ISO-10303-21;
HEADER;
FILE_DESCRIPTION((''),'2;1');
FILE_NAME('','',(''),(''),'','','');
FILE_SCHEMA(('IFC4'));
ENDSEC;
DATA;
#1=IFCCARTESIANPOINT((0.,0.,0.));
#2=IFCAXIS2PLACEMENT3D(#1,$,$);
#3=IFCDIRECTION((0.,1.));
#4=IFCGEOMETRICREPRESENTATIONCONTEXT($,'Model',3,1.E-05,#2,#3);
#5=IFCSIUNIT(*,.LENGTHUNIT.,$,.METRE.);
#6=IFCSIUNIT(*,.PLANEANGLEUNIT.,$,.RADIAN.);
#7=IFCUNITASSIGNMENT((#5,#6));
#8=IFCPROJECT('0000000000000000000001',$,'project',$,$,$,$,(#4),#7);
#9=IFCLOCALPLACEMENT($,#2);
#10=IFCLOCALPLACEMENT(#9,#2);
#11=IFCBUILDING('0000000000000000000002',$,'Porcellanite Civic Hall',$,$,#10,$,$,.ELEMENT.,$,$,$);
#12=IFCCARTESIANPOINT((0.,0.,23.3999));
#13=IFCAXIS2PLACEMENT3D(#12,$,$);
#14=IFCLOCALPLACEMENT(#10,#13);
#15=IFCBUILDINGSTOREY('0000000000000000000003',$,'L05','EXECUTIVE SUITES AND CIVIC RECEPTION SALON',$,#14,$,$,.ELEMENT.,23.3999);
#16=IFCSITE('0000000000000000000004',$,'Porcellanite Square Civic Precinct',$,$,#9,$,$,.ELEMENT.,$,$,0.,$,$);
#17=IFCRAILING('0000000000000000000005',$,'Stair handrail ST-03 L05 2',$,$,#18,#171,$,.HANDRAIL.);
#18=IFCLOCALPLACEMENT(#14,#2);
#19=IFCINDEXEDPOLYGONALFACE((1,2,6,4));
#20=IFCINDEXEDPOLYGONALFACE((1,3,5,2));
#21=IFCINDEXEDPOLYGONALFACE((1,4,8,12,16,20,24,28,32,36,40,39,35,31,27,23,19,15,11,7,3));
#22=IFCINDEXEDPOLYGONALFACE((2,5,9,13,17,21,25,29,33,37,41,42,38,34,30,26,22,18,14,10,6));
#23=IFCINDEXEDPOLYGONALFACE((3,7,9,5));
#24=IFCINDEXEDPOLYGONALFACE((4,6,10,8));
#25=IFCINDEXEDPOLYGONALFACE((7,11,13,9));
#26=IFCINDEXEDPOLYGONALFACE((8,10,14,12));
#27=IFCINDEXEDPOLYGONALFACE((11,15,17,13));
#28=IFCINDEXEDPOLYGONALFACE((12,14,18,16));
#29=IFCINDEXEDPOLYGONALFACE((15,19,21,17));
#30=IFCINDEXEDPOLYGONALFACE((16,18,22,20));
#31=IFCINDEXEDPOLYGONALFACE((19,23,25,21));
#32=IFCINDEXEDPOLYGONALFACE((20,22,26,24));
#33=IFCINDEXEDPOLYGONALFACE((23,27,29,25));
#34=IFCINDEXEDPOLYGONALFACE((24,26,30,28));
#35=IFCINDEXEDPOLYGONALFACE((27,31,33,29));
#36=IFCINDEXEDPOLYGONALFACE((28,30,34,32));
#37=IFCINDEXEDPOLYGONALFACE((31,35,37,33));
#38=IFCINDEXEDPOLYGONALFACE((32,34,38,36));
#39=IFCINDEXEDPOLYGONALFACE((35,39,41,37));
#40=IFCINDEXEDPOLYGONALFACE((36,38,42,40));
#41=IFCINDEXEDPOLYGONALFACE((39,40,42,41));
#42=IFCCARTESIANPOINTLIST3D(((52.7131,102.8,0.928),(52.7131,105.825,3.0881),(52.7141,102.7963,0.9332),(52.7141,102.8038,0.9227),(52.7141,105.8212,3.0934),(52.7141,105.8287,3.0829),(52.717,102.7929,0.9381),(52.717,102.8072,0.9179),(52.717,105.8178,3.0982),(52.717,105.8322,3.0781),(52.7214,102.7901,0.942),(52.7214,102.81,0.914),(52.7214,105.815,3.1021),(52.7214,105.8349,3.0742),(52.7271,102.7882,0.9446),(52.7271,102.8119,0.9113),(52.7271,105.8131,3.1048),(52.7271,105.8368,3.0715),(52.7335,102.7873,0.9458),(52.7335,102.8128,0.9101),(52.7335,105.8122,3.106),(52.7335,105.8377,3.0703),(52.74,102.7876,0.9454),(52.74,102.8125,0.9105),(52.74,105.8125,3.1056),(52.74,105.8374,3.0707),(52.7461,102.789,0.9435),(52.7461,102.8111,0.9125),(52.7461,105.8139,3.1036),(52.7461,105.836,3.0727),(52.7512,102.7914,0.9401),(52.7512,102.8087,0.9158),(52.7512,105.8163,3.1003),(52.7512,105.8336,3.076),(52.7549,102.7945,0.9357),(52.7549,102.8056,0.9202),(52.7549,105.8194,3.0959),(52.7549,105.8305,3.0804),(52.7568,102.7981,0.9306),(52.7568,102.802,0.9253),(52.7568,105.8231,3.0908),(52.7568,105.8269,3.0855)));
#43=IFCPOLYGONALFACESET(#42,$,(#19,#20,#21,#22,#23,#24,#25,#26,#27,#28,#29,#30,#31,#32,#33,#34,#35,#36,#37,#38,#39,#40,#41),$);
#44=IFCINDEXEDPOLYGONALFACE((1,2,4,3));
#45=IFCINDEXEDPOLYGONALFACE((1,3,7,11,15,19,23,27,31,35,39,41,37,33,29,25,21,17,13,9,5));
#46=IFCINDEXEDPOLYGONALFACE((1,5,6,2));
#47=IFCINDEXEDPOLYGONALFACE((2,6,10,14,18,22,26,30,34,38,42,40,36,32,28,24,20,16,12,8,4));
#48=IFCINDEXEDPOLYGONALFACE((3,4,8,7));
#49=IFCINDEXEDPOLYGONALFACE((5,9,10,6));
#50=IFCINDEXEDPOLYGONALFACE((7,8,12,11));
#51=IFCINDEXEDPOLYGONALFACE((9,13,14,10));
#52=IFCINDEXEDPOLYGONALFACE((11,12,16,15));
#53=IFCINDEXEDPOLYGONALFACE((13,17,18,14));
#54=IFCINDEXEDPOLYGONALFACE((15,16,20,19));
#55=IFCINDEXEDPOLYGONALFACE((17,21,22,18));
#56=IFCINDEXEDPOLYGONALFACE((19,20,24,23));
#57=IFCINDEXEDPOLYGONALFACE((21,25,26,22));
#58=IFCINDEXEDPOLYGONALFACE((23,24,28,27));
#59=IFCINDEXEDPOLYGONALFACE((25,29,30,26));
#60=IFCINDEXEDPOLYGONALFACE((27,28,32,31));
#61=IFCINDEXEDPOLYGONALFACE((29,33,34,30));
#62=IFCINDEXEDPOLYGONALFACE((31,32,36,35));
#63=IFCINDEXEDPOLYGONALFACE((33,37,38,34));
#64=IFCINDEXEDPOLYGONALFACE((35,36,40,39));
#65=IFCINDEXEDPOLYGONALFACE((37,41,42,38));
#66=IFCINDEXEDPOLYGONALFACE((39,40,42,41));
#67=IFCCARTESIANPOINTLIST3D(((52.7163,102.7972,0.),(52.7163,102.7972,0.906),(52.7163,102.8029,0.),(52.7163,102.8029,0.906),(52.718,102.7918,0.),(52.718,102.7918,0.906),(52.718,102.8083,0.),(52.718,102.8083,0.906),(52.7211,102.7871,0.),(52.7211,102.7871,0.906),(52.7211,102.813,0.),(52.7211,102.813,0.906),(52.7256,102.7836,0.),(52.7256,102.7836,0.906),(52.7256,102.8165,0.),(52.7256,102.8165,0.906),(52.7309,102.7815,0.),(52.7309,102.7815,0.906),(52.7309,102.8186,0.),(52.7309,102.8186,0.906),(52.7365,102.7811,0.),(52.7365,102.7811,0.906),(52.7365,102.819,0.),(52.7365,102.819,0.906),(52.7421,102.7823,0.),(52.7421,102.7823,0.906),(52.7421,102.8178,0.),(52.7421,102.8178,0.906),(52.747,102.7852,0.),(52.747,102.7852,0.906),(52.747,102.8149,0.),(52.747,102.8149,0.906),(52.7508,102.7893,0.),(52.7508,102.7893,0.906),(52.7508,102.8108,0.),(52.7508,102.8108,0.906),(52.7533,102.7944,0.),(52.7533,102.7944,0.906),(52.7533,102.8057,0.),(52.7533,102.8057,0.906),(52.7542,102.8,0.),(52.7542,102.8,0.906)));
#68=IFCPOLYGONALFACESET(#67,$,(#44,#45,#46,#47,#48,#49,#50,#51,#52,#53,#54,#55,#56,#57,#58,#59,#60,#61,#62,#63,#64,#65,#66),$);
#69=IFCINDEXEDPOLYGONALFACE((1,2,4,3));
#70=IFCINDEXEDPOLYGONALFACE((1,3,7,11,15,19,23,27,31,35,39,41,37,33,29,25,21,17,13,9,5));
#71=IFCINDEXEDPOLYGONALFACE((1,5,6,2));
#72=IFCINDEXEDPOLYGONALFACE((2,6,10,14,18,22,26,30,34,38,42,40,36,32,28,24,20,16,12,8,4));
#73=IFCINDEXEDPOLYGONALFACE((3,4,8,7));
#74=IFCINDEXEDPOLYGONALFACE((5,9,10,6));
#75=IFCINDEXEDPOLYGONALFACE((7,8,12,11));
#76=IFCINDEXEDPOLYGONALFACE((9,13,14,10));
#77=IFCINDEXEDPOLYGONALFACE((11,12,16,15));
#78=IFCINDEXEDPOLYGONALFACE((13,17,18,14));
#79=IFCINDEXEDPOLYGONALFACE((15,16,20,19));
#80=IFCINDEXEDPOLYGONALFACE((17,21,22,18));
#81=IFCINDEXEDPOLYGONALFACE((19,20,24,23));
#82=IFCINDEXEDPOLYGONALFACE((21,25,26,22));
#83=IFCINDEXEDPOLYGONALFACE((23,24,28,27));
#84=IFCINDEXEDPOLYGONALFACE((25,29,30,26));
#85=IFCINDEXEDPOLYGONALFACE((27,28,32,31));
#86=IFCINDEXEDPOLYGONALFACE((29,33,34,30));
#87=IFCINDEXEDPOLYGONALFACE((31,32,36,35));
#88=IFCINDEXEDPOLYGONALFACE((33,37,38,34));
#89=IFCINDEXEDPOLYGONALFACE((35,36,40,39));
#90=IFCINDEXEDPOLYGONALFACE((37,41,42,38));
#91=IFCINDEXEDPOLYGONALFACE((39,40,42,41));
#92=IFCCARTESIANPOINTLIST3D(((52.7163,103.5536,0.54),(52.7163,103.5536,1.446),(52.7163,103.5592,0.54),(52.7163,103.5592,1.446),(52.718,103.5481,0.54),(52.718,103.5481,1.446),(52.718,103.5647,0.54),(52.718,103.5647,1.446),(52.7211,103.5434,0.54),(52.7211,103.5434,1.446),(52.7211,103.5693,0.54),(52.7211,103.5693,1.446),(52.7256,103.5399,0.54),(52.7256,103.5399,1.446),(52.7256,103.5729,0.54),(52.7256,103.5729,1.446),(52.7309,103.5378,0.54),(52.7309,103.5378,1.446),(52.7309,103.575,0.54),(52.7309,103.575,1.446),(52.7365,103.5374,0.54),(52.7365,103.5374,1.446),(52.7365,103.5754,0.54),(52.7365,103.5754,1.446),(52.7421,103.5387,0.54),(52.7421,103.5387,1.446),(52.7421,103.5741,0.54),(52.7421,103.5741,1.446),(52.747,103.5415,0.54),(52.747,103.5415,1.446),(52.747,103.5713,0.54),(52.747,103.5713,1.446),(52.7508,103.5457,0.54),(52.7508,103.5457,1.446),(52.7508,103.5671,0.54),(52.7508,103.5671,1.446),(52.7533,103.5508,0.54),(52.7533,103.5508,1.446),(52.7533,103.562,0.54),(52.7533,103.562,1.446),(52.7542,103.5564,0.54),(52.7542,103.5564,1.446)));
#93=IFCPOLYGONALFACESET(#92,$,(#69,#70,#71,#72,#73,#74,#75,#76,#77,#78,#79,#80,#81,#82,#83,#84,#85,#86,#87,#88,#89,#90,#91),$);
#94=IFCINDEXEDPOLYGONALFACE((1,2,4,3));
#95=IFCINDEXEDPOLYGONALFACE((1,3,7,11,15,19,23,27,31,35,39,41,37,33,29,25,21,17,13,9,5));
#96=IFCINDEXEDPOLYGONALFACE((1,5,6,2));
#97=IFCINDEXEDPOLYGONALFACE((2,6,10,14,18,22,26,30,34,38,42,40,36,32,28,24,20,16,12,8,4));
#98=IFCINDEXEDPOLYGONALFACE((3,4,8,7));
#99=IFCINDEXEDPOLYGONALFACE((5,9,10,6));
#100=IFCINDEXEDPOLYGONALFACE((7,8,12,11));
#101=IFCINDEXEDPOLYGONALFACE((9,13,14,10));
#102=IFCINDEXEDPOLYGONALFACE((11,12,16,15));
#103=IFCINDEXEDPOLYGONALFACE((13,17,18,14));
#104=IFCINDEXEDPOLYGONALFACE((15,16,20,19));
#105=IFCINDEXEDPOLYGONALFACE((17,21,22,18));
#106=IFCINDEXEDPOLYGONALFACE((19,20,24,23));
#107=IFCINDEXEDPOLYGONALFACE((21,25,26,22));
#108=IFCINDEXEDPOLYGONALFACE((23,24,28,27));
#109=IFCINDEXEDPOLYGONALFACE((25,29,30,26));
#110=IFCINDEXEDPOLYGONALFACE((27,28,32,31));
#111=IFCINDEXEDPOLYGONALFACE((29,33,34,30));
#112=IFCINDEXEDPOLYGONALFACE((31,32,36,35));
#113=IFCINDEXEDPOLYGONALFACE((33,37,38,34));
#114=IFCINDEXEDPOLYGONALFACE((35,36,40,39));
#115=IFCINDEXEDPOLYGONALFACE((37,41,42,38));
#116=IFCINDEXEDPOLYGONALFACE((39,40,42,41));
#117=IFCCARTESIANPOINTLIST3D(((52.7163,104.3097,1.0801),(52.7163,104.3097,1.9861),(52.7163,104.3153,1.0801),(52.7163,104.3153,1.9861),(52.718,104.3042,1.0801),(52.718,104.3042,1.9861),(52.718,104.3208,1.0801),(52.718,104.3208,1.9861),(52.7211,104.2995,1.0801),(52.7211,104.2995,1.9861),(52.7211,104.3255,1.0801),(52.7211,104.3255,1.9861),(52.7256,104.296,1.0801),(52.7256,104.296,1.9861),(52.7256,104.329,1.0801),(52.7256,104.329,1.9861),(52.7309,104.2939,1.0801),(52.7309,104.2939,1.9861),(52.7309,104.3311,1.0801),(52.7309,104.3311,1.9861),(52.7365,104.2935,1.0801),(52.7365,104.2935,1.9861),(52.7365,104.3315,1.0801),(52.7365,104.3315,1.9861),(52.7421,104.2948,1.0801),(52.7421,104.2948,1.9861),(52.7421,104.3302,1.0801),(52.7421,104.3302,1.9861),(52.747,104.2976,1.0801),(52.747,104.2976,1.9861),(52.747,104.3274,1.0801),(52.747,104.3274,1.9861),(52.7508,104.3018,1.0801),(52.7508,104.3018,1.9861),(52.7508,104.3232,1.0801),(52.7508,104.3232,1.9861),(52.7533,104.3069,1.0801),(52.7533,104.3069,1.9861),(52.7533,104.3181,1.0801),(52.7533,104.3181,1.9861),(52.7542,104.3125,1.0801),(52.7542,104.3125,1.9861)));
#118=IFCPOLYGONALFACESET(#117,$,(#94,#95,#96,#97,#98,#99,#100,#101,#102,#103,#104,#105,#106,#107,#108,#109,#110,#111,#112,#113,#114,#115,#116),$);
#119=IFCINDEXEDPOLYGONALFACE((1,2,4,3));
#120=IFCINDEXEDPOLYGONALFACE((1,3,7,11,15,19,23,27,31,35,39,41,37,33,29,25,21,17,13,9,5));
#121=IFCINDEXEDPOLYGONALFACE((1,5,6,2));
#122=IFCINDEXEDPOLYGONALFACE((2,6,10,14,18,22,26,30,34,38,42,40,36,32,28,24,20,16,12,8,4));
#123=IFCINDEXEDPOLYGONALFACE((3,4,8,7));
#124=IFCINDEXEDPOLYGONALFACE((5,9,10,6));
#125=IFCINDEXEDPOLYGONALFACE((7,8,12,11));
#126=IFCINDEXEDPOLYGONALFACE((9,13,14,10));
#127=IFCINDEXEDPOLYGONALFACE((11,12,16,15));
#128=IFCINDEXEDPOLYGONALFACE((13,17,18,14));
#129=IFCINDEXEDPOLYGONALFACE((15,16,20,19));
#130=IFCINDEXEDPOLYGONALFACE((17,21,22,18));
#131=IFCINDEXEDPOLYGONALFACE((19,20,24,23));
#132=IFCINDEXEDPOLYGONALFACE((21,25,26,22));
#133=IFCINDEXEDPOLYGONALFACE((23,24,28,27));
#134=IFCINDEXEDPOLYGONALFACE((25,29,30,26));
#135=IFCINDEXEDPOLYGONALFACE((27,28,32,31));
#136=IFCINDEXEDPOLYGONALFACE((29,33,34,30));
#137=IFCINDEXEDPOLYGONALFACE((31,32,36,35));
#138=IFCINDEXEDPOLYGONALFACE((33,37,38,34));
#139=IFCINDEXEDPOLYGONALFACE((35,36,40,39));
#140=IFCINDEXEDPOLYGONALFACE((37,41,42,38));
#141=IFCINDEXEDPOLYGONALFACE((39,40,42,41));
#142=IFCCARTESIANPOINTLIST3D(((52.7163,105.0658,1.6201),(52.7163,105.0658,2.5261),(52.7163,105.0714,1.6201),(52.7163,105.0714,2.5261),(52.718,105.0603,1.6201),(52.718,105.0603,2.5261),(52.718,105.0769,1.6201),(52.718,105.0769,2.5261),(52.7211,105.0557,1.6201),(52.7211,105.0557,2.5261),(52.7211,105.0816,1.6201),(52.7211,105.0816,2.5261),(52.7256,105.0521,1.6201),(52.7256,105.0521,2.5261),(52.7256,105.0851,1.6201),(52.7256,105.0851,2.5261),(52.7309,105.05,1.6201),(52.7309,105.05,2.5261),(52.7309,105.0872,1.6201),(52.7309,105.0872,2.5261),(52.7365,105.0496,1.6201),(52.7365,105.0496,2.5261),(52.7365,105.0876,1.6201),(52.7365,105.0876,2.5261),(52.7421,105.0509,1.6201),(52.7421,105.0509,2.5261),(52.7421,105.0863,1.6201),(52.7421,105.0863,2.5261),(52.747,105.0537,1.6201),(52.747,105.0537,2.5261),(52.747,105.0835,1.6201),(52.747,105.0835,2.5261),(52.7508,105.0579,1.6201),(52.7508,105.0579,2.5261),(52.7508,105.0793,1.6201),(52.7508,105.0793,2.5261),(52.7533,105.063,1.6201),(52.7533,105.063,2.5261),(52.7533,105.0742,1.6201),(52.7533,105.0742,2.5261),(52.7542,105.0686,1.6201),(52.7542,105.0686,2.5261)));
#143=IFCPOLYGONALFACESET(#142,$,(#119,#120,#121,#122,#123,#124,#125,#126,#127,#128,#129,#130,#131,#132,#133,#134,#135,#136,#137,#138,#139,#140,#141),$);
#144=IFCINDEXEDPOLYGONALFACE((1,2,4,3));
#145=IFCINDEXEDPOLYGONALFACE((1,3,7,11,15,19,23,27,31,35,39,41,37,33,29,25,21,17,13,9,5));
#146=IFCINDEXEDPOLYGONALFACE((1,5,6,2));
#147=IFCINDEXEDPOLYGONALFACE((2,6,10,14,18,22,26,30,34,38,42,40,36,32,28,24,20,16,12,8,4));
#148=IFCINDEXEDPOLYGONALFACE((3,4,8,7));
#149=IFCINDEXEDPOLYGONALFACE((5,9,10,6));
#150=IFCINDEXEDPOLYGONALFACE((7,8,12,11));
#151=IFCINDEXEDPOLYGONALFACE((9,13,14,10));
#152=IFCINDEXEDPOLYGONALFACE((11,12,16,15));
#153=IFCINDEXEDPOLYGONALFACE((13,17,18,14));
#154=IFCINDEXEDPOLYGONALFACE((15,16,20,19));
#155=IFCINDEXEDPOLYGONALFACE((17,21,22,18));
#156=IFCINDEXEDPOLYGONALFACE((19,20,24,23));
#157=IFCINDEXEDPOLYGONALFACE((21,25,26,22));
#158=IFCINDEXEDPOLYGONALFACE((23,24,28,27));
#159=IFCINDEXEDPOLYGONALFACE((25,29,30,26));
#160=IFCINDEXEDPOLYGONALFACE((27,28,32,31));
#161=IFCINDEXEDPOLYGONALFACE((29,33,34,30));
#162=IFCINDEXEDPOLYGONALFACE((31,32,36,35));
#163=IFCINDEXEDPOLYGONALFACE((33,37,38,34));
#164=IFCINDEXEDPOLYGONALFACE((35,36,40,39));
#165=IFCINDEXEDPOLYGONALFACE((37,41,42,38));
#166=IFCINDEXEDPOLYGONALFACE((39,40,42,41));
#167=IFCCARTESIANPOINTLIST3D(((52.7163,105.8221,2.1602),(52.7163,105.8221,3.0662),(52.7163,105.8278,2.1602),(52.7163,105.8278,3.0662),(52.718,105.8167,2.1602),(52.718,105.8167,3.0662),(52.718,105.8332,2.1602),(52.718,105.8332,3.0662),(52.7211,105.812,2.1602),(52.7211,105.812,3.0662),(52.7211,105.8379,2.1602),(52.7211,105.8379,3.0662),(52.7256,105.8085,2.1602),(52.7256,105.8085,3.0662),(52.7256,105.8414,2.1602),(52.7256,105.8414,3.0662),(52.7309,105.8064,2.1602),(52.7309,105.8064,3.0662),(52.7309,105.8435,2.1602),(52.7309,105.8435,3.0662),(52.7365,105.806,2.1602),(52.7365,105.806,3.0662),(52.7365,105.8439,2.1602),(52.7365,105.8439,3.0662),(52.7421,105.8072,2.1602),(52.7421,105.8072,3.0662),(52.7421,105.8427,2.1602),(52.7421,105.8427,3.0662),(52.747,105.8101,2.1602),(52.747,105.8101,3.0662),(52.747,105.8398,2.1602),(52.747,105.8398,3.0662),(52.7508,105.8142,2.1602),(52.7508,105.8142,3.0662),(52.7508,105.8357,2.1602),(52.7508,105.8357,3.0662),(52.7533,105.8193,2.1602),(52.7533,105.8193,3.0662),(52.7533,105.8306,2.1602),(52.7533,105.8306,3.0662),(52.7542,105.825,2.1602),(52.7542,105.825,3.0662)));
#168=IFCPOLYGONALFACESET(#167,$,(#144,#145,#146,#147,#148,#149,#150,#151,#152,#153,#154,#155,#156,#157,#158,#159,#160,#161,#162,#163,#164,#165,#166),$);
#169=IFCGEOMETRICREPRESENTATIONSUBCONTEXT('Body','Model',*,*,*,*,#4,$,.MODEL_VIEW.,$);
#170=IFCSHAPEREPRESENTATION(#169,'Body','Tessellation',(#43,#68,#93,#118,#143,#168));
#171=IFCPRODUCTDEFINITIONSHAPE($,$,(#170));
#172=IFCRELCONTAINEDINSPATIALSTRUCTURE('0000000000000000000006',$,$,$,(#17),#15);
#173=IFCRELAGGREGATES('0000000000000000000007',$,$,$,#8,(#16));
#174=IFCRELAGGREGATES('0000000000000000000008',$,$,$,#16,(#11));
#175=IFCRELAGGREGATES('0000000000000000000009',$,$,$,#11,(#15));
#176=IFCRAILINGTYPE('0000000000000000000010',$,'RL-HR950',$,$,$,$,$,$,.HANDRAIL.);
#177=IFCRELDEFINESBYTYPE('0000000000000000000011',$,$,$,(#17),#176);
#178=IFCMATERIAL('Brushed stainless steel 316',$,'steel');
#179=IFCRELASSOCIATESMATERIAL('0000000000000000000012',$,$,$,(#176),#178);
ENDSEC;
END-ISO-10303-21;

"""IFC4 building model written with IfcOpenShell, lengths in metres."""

from ifc_helpers import new_model, si_unit, direction, frame, origin, origin_2d, place, context, subcontext, project, spatial, circle, extrude, material, type_object, element, save


model = new_model("IFC4")

# Units and contexts
model_context = context("Model", 3, precision=1e-05, world=origin(), true_north=direction((0.0, 1.0)))
body_context = subcontext(model_context, "Body", "Model", "MODEL_VIEW")
ifc_project = project(units=[si_unit("LENGTHUNIT", "METRE"), si_unit("PLANEANGLEUNIT", "RADIAN")], contexts=[model_context])

# Site, building, storey
site_placement = place(None, origin())
site = spatial("IfcSite", under=ifc_project, at=site_placement, Name="Porcellanite Square Civic Precinct", CompositionType="ELEMENT", RefElevation=0.0)
building_placement = place(site_placement, origin())
building = spatial("IfcBuilding", under=site, at=building_placement, Name="Porcellanite Civic Hall", CompositionType="ELEMENT")
storey_placement = place(building_placement, frame((0.0, 0.0, 23.3999)))
storey = spatial("IfcBuildingStorey", under=building, at=storey_placement, Name="L05", Description="EXECUTIVE SUITES AND CIVIC RECEPTION SALON", CompositionType="ELEMENT", Elevation=23.3999)

# Railing
ifc_material_1 = material(Name="Brushed stainless steel 316", Category="steel")
railing_type_1 = type_object("IfcRailingType", Name="RL-HR950", PredefinedType="HANDRAIL", material=ifc_material_1)
railing_1_placement = place(storey_placement, frame((52.7351, 102.8, 0.0)))
element("IfcRailing", 1, at=railing_1_placement, inside=storey, type_object=railing_type_1, Name="Stair handrail ST-03 L05 2", PredefinedType="HANDRAIL", context=body_context, shape_type="SweptSolid", body=[
    extrude(circle(Radius=0.022, at=origin_2d()), frame((0.0, 0.0, 0.928), z_axis=(0.0, 0.813796, 0.581151), x_axis=(-1.0, 0.0, 0.0)), (0.0, 0.0, 1.0), 3.717),
    extrude(circle(Radius=0.019, at=origin_2d()), origin(), (0.0, 0.0, 1.0), 0.906),
    extrude(circle(Radius=0.019, at=origin_2d()), frame((0.0, 0.7563, 0.54)), (0.0, 0.0, 1.0), 0.906),
    extrude(circle(Radius=0.019, at=origin_2d()), frame((0.0, 1.5125, 1.0801)), (0.0, 0.0, 1.0), 0.906),
    extrude(circle(Radius=0.019, at=origin_2d()), frame((0.0, 2.2686, 1.6201)), (0.0, 0.0, 1.0), 0.906),
    extrude(circle(Radius=0.019, at=origin_2d()), frame((0.0, 3.0249, 2.1602)), (0.0, 0.0, 1.0), 0.906),
])

save(model, "model.ifc")
